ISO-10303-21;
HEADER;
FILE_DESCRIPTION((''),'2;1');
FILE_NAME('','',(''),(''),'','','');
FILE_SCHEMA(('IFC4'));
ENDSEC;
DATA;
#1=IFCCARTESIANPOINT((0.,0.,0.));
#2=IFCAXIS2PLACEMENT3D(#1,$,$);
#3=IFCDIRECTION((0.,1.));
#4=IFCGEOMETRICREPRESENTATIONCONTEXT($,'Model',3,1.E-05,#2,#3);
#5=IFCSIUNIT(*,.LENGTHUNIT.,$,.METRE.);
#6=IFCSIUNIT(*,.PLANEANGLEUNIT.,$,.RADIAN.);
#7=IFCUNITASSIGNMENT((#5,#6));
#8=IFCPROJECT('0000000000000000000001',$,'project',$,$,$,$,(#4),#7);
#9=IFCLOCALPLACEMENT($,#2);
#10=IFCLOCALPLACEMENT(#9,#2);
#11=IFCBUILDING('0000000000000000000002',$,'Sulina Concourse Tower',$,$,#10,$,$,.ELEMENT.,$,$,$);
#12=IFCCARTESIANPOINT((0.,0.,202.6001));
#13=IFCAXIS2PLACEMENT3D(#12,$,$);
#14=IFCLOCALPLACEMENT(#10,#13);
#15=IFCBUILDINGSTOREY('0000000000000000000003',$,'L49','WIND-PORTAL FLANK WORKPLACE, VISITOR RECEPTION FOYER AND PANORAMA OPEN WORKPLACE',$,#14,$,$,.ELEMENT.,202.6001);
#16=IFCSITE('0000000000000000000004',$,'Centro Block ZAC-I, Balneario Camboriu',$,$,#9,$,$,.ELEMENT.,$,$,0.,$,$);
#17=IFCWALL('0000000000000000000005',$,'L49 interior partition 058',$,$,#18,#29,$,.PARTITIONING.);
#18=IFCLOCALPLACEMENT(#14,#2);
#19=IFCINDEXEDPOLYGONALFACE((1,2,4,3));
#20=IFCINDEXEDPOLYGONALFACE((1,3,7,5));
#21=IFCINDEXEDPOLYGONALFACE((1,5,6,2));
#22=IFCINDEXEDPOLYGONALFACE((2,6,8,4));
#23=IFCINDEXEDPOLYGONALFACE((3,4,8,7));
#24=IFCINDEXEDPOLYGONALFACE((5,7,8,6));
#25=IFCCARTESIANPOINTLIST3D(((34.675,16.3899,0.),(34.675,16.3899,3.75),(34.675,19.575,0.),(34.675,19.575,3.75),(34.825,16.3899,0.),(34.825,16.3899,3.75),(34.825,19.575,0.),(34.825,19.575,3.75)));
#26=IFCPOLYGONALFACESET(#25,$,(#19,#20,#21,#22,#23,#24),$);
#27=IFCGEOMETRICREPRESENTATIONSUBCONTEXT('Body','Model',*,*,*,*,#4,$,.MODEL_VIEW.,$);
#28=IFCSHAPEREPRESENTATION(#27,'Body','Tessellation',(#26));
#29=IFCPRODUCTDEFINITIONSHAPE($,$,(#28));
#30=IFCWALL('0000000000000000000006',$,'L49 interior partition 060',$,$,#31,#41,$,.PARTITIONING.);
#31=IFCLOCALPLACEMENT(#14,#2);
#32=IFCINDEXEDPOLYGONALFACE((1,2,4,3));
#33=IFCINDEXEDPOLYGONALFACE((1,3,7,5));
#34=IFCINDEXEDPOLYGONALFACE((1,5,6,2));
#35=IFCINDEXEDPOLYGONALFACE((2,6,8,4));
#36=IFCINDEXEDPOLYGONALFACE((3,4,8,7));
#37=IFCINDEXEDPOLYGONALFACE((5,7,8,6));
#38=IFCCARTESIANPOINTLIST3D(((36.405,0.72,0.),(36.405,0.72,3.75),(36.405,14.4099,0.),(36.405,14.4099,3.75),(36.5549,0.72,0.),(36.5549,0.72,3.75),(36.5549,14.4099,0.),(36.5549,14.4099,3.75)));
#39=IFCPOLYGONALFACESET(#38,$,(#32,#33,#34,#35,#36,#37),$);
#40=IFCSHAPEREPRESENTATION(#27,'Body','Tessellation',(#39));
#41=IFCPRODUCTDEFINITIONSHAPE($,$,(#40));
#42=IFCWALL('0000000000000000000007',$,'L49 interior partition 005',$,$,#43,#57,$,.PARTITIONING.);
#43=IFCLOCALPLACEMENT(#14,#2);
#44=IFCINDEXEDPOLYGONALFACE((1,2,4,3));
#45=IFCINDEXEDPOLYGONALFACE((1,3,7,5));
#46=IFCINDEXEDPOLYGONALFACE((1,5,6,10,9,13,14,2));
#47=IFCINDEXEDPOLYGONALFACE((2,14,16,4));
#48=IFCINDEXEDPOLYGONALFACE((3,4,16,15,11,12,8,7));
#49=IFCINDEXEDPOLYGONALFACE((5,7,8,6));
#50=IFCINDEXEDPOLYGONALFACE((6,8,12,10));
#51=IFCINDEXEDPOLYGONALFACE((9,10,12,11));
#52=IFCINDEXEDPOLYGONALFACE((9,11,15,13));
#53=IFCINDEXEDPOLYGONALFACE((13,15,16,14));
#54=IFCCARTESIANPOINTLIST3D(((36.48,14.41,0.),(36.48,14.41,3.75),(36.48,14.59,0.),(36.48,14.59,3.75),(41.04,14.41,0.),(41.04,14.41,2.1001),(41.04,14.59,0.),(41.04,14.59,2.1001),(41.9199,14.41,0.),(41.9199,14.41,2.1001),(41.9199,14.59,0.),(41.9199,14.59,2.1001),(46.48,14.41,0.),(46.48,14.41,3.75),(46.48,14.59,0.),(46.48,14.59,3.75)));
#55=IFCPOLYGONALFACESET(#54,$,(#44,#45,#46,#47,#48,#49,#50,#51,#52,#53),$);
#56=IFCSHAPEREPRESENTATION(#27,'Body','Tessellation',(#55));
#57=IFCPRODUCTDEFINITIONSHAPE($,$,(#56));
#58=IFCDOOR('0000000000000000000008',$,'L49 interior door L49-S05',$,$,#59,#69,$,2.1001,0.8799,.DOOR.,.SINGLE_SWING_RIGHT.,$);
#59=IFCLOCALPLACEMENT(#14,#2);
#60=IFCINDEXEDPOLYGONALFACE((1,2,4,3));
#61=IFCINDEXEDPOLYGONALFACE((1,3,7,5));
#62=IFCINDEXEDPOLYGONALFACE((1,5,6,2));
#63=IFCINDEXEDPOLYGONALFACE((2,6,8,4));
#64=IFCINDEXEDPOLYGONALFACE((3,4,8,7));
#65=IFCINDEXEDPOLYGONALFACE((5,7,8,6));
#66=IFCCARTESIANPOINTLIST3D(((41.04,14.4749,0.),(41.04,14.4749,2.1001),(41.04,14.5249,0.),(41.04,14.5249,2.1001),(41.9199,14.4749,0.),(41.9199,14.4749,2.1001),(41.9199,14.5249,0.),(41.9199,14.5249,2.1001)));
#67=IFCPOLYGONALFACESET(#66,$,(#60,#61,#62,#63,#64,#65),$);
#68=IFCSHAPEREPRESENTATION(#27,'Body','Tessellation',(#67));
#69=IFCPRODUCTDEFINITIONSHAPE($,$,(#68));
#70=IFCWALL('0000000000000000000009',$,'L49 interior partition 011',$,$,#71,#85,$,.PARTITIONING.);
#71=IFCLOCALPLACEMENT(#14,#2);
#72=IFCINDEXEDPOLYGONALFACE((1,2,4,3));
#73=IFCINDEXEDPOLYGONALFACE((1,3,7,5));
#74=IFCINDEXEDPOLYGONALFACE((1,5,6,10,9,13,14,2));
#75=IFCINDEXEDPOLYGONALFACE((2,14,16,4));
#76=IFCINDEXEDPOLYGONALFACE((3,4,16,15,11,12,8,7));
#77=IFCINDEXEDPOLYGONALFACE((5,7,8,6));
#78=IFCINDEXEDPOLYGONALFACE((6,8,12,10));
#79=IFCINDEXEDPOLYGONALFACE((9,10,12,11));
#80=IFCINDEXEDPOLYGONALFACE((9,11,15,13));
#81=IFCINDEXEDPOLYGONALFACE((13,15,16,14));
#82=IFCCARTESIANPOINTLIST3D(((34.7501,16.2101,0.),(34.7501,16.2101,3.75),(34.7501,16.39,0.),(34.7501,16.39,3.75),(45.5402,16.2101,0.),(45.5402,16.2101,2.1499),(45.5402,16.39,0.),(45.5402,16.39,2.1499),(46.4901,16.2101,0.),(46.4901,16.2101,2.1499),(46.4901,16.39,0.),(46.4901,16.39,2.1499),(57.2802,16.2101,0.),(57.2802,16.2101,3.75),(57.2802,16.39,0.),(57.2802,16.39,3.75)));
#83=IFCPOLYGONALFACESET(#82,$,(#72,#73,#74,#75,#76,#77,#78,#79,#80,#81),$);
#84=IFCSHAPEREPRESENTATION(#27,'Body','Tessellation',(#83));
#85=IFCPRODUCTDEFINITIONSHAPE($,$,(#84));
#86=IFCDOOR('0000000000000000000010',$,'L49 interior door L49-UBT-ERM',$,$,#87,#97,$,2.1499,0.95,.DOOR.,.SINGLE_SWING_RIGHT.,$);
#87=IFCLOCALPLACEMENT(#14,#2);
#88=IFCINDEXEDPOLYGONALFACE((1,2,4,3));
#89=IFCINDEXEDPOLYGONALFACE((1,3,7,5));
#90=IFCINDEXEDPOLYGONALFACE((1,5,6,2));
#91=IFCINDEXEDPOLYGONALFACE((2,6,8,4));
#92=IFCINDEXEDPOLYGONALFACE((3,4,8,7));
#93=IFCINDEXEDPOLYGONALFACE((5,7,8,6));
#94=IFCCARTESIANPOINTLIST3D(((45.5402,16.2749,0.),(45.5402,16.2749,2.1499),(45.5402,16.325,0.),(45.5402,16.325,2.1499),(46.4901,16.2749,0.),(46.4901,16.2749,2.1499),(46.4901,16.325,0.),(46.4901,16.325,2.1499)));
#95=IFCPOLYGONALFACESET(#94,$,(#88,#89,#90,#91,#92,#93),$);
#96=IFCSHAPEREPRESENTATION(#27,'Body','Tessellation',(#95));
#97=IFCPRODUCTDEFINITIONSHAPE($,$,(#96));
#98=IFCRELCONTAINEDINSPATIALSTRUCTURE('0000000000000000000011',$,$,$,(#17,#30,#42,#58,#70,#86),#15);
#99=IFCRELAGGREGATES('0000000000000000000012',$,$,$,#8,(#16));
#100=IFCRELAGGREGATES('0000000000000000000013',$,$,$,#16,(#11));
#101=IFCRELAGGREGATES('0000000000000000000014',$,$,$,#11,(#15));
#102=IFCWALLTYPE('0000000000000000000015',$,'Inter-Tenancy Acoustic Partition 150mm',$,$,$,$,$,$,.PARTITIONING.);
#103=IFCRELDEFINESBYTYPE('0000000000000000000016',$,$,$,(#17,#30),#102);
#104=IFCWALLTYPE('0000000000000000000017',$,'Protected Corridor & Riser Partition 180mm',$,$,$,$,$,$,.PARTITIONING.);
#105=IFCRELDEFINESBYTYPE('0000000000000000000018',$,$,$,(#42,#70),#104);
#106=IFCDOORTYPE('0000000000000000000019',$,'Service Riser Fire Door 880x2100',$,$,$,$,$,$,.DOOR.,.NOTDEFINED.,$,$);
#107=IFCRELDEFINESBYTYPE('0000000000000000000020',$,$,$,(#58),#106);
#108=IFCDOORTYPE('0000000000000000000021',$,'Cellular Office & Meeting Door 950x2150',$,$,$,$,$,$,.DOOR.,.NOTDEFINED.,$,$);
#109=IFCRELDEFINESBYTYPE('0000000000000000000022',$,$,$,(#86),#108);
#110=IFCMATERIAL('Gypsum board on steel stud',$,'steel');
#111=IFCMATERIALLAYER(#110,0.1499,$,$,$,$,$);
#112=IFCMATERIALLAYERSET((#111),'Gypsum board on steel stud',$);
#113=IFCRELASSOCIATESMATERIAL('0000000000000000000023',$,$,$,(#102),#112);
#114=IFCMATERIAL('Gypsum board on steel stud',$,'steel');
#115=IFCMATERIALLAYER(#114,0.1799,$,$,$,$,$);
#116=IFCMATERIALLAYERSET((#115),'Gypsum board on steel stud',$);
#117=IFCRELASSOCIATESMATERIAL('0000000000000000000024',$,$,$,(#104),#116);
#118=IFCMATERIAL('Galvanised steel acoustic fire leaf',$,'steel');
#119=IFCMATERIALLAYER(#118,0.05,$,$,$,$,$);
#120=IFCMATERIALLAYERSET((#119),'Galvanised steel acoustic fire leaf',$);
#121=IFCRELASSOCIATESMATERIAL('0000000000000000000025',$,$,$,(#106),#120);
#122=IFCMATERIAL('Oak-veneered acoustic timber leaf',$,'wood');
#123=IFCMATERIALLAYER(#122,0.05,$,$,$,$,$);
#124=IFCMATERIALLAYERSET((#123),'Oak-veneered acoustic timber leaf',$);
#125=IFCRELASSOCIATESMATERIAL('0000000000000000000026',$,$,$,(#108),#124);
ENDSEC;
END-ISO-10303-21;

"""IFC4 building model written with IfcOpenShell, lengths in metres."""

from ifc_helpers import new_model, si_unit, direction, frame, frame_2d, origin, place, context, subcontext, project, spatial, rectangle, extrude, material, layer, layer_set, type_object, element, fill, save


model = new_model("IFC4")

# Units and contexts
model_context = context("Model", 3, precision=1e-05, world=origin(), true_north=direction((0.0, 1.0)))
body_context = subcontext(model_context, "Body", "Model", "MODEL_VIEW")
ifc_project = project(units=[si_unit("LENGTHUNIT", "METRE"), si_unit("PLANEANGLEUNIT", "RADIAN")], contexts=[model_context])

# Site, building, storey
site_placement = place(None, origin())
site = spatial("IfcSite", under=ifc_project, at=site_placement, Name="Centro Block ZAC-I, Balneario Camboriu", CompositionType="ELEMENT", RefElevation=0.0)
building_placement = place(site_placement, origin())
building = spatial("IfcBuilding", under=site, at=building_placement, Name="Sulina Concourse Tower", CompositionType="ELEMENT")
storey_placement = place(building_placement, frame((0.0, 0.0, 202.6001)))
storey = spatial("IfcBuildingStorey", under=building, at=storey_placement, Name="L49", Description="WIND-PORTAL FLANK WORKPLACE, VISITOR RECEPTION FOYER AND PANORAMA OPEN WORKPLACE", CompositionType="ELEMENT", Elevation=202.6001)

# Walls
ifc_material_1 = material(Name="Gypsum board on steel stud", Category="steel")
ifc_layer_1 = layer(ifc_material_1, 0.1499)
ifc_layer_set_1 = layer_set([ifc_layer_1], Name="Gypsum board on steel stud")
wall_type_1 = type_object("IfcWallType", Name="Inter-Tenancy Acoustic Partition 150mm", PredefinedType="PARTITIONING", material=ifc_layer_set_1)
wall_1_placement = place(storey_placement, frame((34.75, 16.3899, 0.0), z_axis=(0.0, 0.0, 1.0), x_axis=(0.0, 1.0, 0.0)))
element("IfcWall", 1, at=wall_1_placement, inside=storey, type_object=wall_type_1, Name="L49 interior partition 058", PredefinedType="PARTITIONING", context=body_context, shape_type="SweptSolid", body=[
    extrude(rectangle(XDim=3.1851, YDim=0.1499, at=frame_2d((1.5925, 0.0))), origin(), (0.0, 0.0, 1.0), 3.75),
])
wall_2_placement = place(storey_placement, frame((36.48, 0.72, 0.0), z_axis=(0.0, 0.0, 1.0), x_axis=(0.0, 1.0, 0.0)))
element("IfcWall", 2, at=wall_2_placement, inside=storey, type_object=wall_type_1, Name="L49 interior partition 060", PredefinedType="PARTITIONING", context=body_context, shape_type="SweptSolid", body=[
    extrude(rectangle(XDim=13.6899, YDim=0.1499, at=frame_2d((6.845, 0.0))), origin(), (0.0, 0.0, 1.0), 3.75),
])

# Walls, openings, doors
ifc_material_2 = material(Name="Gypsum board on steel stud", Category="steel")
ifc_layer_2 = layer(ifc_material_2, 0.1799)
ifc_layer_set_2 = layer_set([ifc_layer_2], Name="Gypsum board on steel stud")
wall_type_2 = type_object("IfcWallType", Name="Protected Corridor & Riser Partition 180mm", PredefinedType="PARTITIONING", material=ifc_layer_set_2)
wall_3_placement = place(storey_placement, frame((36.48, 14.5, 0.0), z_axis=(0.0, 0.0, 1.0), x_axis=(1.0, 0.0, 0.0)))
wall_3 = element("IfcWall", 3, at=wall_3_placement, inside=storey, type_object=wall_type_2, Name="L49 interior partition 005", PredefinedType="PARTITIONING", context=body_context, shape_type="SweptSolid", body=[
    extrude(rectangle(XDim=10.0, YDim=0.1799, at=frame_2d((5.0, 0.0))), origin(), (0.0, 0.0, 1.0), 3.75),
])
opening_1_placement = place(wall_3_placement, frame((4.5601, 0.0, 0.0)))
opening_1 = element("IfcOpeningElement", 4, at=opening_1_placement, cuts=wall_3, PredefinedType="OPENING", context=body_context, shape_type="SweptSolid", body=[
    extrude(rectangle(XDim=0.8799, YDim=2.1001, at=frame_2d((0.4399, 1.05))), frame((0.0, 0.0999, 0.0), z_axis=(0.0, -1.0, 0.0), x_axis=(1.0, 0.0, 0.0)), (0.0, 0.0, 1.0), 0.2),
])
ifc_material_3 = material(Name="Galvanised steel acoustic fire leaf", Category="steel")
ifc_layer_3 = layer(ifc_material_3, 0.05)
ifc_layer_set_3 = layer_set([ifc_layer_3], Name="Galvanised steel acoustic fire leaf")
door_type_1 = type_object("IfcDoorType", Name="Service Riser Fire Door 880x2100", OperationType="NOTDEFINED", PredefinedType="DOOR", material=ifc_layer_set_3)
door_1_placement = place(opening_1_placement, origin())
door_1 = element("IfcDoor", 5, at=door_1_placement, inside=storey, type_object=door_type_1, Name="L49 interior door L49-S05", OperationType="SINGLE_SWING_RIGHT", OverallHeight=2.1001, OverallWidth=0.8799, PredefinedType="DOOR", context=body_context, shape_type="SweptSolid", body=[
    extrude(rectangle(XDim=0.8799, YDim=2.1001, at=frame_2d((0.4399, 1.05))), frame((0.0, 0.0249, 0.0), z_axis=(0.0, -1.0, 0.0), x_axis=(1.0, 0.0, 0.0)), (0.0, 0.0, 1.0), 0.05),
])
fill(opening_1, door_1)
wall_4_placement = place(storey_placement, frame((34.75, 16.3, 0.0), z_axis=(0.0, 0.0, 1.0), x_axis=(1.0, 0.0, 0.0)))
wall_4 = element("IfcWall", 6, at=wall_4_placement, inside=storey, type_object=wall_type_2, Name="L49 interior partition 011", PredefinedType="PARTITIONING", context=body_context, shape_type="SweptSolid", body=[
    extrude(rectangle(XDim=22.53, YDim=0.1799, at=frame_2d((11.2651, 0.0))), origin(), (0.0, 0.0, 1.0), 3.75),
])
opening_2_placement = place(wall_4_placement, frame((10.79, 0.0, 0.0)))
opening_2 = element("IfcOpeningElement", 7, at=opening_2_placement, cuts=wall_4, PredefinedType="OPENING", context=body_context, shape_type="SweptSolid", body=[
    extrude(rectangle(XDim=0.95, YDim=2.1499, at=frame_2d((0.4751, 1.075))), frame((0.0, 0.0999, 0.0), z_axis=(0.0, -1.0, 0.0), x_axis=(1.0, 0.0, 0.0)), (0.0, 0.0, 1.0), 0.2),
])
ifc_material_4 = material(Name="Oak-veneered acoustic timber leaf", Category="wood")
ifc_layer_4 = layer(ifc_material_4, 0.05)
ifc_layer_set_4 = layer_set([ifc_layer_4], Name="Oak-veneered acoustic timber leaf")
door_type_2 = type_object("IfcDoorType", Name="Cellular Office & Meeting Door 950x2150", OperationType="NOTDEFINED", PredefinedType="DOOR", material=ifc_layer_set_4)
door_2_placement = place(opening_2_placement, origin())
door_2 = element("IfcDoor", 8, at=door_2_placement, inside=storey, type_object=door_type_2, Name="L49 interior door L49-UBT-ERM", OperationType="SINGLE_SWING_RIGHT", OverallHeight=2.1499, OverallWidth=0.95, PredefinedType="DOOR", context=body_context, shape_type="SweptSolid", body=[
    extrude(rectangle(XDim=0.95, YDim=2.1499, at=frame_2d((0.4751, 1.075))), frame((0.0, 0.0249, 0.0), z_axis=(0.0, -1.0, 0.0), x_axis=(1.0, 0.0, 0.0)), (0.0, 0.0, 1.0), 0.05),
])
fill(opening_2, door_2)

save(model, "model.ifc")
